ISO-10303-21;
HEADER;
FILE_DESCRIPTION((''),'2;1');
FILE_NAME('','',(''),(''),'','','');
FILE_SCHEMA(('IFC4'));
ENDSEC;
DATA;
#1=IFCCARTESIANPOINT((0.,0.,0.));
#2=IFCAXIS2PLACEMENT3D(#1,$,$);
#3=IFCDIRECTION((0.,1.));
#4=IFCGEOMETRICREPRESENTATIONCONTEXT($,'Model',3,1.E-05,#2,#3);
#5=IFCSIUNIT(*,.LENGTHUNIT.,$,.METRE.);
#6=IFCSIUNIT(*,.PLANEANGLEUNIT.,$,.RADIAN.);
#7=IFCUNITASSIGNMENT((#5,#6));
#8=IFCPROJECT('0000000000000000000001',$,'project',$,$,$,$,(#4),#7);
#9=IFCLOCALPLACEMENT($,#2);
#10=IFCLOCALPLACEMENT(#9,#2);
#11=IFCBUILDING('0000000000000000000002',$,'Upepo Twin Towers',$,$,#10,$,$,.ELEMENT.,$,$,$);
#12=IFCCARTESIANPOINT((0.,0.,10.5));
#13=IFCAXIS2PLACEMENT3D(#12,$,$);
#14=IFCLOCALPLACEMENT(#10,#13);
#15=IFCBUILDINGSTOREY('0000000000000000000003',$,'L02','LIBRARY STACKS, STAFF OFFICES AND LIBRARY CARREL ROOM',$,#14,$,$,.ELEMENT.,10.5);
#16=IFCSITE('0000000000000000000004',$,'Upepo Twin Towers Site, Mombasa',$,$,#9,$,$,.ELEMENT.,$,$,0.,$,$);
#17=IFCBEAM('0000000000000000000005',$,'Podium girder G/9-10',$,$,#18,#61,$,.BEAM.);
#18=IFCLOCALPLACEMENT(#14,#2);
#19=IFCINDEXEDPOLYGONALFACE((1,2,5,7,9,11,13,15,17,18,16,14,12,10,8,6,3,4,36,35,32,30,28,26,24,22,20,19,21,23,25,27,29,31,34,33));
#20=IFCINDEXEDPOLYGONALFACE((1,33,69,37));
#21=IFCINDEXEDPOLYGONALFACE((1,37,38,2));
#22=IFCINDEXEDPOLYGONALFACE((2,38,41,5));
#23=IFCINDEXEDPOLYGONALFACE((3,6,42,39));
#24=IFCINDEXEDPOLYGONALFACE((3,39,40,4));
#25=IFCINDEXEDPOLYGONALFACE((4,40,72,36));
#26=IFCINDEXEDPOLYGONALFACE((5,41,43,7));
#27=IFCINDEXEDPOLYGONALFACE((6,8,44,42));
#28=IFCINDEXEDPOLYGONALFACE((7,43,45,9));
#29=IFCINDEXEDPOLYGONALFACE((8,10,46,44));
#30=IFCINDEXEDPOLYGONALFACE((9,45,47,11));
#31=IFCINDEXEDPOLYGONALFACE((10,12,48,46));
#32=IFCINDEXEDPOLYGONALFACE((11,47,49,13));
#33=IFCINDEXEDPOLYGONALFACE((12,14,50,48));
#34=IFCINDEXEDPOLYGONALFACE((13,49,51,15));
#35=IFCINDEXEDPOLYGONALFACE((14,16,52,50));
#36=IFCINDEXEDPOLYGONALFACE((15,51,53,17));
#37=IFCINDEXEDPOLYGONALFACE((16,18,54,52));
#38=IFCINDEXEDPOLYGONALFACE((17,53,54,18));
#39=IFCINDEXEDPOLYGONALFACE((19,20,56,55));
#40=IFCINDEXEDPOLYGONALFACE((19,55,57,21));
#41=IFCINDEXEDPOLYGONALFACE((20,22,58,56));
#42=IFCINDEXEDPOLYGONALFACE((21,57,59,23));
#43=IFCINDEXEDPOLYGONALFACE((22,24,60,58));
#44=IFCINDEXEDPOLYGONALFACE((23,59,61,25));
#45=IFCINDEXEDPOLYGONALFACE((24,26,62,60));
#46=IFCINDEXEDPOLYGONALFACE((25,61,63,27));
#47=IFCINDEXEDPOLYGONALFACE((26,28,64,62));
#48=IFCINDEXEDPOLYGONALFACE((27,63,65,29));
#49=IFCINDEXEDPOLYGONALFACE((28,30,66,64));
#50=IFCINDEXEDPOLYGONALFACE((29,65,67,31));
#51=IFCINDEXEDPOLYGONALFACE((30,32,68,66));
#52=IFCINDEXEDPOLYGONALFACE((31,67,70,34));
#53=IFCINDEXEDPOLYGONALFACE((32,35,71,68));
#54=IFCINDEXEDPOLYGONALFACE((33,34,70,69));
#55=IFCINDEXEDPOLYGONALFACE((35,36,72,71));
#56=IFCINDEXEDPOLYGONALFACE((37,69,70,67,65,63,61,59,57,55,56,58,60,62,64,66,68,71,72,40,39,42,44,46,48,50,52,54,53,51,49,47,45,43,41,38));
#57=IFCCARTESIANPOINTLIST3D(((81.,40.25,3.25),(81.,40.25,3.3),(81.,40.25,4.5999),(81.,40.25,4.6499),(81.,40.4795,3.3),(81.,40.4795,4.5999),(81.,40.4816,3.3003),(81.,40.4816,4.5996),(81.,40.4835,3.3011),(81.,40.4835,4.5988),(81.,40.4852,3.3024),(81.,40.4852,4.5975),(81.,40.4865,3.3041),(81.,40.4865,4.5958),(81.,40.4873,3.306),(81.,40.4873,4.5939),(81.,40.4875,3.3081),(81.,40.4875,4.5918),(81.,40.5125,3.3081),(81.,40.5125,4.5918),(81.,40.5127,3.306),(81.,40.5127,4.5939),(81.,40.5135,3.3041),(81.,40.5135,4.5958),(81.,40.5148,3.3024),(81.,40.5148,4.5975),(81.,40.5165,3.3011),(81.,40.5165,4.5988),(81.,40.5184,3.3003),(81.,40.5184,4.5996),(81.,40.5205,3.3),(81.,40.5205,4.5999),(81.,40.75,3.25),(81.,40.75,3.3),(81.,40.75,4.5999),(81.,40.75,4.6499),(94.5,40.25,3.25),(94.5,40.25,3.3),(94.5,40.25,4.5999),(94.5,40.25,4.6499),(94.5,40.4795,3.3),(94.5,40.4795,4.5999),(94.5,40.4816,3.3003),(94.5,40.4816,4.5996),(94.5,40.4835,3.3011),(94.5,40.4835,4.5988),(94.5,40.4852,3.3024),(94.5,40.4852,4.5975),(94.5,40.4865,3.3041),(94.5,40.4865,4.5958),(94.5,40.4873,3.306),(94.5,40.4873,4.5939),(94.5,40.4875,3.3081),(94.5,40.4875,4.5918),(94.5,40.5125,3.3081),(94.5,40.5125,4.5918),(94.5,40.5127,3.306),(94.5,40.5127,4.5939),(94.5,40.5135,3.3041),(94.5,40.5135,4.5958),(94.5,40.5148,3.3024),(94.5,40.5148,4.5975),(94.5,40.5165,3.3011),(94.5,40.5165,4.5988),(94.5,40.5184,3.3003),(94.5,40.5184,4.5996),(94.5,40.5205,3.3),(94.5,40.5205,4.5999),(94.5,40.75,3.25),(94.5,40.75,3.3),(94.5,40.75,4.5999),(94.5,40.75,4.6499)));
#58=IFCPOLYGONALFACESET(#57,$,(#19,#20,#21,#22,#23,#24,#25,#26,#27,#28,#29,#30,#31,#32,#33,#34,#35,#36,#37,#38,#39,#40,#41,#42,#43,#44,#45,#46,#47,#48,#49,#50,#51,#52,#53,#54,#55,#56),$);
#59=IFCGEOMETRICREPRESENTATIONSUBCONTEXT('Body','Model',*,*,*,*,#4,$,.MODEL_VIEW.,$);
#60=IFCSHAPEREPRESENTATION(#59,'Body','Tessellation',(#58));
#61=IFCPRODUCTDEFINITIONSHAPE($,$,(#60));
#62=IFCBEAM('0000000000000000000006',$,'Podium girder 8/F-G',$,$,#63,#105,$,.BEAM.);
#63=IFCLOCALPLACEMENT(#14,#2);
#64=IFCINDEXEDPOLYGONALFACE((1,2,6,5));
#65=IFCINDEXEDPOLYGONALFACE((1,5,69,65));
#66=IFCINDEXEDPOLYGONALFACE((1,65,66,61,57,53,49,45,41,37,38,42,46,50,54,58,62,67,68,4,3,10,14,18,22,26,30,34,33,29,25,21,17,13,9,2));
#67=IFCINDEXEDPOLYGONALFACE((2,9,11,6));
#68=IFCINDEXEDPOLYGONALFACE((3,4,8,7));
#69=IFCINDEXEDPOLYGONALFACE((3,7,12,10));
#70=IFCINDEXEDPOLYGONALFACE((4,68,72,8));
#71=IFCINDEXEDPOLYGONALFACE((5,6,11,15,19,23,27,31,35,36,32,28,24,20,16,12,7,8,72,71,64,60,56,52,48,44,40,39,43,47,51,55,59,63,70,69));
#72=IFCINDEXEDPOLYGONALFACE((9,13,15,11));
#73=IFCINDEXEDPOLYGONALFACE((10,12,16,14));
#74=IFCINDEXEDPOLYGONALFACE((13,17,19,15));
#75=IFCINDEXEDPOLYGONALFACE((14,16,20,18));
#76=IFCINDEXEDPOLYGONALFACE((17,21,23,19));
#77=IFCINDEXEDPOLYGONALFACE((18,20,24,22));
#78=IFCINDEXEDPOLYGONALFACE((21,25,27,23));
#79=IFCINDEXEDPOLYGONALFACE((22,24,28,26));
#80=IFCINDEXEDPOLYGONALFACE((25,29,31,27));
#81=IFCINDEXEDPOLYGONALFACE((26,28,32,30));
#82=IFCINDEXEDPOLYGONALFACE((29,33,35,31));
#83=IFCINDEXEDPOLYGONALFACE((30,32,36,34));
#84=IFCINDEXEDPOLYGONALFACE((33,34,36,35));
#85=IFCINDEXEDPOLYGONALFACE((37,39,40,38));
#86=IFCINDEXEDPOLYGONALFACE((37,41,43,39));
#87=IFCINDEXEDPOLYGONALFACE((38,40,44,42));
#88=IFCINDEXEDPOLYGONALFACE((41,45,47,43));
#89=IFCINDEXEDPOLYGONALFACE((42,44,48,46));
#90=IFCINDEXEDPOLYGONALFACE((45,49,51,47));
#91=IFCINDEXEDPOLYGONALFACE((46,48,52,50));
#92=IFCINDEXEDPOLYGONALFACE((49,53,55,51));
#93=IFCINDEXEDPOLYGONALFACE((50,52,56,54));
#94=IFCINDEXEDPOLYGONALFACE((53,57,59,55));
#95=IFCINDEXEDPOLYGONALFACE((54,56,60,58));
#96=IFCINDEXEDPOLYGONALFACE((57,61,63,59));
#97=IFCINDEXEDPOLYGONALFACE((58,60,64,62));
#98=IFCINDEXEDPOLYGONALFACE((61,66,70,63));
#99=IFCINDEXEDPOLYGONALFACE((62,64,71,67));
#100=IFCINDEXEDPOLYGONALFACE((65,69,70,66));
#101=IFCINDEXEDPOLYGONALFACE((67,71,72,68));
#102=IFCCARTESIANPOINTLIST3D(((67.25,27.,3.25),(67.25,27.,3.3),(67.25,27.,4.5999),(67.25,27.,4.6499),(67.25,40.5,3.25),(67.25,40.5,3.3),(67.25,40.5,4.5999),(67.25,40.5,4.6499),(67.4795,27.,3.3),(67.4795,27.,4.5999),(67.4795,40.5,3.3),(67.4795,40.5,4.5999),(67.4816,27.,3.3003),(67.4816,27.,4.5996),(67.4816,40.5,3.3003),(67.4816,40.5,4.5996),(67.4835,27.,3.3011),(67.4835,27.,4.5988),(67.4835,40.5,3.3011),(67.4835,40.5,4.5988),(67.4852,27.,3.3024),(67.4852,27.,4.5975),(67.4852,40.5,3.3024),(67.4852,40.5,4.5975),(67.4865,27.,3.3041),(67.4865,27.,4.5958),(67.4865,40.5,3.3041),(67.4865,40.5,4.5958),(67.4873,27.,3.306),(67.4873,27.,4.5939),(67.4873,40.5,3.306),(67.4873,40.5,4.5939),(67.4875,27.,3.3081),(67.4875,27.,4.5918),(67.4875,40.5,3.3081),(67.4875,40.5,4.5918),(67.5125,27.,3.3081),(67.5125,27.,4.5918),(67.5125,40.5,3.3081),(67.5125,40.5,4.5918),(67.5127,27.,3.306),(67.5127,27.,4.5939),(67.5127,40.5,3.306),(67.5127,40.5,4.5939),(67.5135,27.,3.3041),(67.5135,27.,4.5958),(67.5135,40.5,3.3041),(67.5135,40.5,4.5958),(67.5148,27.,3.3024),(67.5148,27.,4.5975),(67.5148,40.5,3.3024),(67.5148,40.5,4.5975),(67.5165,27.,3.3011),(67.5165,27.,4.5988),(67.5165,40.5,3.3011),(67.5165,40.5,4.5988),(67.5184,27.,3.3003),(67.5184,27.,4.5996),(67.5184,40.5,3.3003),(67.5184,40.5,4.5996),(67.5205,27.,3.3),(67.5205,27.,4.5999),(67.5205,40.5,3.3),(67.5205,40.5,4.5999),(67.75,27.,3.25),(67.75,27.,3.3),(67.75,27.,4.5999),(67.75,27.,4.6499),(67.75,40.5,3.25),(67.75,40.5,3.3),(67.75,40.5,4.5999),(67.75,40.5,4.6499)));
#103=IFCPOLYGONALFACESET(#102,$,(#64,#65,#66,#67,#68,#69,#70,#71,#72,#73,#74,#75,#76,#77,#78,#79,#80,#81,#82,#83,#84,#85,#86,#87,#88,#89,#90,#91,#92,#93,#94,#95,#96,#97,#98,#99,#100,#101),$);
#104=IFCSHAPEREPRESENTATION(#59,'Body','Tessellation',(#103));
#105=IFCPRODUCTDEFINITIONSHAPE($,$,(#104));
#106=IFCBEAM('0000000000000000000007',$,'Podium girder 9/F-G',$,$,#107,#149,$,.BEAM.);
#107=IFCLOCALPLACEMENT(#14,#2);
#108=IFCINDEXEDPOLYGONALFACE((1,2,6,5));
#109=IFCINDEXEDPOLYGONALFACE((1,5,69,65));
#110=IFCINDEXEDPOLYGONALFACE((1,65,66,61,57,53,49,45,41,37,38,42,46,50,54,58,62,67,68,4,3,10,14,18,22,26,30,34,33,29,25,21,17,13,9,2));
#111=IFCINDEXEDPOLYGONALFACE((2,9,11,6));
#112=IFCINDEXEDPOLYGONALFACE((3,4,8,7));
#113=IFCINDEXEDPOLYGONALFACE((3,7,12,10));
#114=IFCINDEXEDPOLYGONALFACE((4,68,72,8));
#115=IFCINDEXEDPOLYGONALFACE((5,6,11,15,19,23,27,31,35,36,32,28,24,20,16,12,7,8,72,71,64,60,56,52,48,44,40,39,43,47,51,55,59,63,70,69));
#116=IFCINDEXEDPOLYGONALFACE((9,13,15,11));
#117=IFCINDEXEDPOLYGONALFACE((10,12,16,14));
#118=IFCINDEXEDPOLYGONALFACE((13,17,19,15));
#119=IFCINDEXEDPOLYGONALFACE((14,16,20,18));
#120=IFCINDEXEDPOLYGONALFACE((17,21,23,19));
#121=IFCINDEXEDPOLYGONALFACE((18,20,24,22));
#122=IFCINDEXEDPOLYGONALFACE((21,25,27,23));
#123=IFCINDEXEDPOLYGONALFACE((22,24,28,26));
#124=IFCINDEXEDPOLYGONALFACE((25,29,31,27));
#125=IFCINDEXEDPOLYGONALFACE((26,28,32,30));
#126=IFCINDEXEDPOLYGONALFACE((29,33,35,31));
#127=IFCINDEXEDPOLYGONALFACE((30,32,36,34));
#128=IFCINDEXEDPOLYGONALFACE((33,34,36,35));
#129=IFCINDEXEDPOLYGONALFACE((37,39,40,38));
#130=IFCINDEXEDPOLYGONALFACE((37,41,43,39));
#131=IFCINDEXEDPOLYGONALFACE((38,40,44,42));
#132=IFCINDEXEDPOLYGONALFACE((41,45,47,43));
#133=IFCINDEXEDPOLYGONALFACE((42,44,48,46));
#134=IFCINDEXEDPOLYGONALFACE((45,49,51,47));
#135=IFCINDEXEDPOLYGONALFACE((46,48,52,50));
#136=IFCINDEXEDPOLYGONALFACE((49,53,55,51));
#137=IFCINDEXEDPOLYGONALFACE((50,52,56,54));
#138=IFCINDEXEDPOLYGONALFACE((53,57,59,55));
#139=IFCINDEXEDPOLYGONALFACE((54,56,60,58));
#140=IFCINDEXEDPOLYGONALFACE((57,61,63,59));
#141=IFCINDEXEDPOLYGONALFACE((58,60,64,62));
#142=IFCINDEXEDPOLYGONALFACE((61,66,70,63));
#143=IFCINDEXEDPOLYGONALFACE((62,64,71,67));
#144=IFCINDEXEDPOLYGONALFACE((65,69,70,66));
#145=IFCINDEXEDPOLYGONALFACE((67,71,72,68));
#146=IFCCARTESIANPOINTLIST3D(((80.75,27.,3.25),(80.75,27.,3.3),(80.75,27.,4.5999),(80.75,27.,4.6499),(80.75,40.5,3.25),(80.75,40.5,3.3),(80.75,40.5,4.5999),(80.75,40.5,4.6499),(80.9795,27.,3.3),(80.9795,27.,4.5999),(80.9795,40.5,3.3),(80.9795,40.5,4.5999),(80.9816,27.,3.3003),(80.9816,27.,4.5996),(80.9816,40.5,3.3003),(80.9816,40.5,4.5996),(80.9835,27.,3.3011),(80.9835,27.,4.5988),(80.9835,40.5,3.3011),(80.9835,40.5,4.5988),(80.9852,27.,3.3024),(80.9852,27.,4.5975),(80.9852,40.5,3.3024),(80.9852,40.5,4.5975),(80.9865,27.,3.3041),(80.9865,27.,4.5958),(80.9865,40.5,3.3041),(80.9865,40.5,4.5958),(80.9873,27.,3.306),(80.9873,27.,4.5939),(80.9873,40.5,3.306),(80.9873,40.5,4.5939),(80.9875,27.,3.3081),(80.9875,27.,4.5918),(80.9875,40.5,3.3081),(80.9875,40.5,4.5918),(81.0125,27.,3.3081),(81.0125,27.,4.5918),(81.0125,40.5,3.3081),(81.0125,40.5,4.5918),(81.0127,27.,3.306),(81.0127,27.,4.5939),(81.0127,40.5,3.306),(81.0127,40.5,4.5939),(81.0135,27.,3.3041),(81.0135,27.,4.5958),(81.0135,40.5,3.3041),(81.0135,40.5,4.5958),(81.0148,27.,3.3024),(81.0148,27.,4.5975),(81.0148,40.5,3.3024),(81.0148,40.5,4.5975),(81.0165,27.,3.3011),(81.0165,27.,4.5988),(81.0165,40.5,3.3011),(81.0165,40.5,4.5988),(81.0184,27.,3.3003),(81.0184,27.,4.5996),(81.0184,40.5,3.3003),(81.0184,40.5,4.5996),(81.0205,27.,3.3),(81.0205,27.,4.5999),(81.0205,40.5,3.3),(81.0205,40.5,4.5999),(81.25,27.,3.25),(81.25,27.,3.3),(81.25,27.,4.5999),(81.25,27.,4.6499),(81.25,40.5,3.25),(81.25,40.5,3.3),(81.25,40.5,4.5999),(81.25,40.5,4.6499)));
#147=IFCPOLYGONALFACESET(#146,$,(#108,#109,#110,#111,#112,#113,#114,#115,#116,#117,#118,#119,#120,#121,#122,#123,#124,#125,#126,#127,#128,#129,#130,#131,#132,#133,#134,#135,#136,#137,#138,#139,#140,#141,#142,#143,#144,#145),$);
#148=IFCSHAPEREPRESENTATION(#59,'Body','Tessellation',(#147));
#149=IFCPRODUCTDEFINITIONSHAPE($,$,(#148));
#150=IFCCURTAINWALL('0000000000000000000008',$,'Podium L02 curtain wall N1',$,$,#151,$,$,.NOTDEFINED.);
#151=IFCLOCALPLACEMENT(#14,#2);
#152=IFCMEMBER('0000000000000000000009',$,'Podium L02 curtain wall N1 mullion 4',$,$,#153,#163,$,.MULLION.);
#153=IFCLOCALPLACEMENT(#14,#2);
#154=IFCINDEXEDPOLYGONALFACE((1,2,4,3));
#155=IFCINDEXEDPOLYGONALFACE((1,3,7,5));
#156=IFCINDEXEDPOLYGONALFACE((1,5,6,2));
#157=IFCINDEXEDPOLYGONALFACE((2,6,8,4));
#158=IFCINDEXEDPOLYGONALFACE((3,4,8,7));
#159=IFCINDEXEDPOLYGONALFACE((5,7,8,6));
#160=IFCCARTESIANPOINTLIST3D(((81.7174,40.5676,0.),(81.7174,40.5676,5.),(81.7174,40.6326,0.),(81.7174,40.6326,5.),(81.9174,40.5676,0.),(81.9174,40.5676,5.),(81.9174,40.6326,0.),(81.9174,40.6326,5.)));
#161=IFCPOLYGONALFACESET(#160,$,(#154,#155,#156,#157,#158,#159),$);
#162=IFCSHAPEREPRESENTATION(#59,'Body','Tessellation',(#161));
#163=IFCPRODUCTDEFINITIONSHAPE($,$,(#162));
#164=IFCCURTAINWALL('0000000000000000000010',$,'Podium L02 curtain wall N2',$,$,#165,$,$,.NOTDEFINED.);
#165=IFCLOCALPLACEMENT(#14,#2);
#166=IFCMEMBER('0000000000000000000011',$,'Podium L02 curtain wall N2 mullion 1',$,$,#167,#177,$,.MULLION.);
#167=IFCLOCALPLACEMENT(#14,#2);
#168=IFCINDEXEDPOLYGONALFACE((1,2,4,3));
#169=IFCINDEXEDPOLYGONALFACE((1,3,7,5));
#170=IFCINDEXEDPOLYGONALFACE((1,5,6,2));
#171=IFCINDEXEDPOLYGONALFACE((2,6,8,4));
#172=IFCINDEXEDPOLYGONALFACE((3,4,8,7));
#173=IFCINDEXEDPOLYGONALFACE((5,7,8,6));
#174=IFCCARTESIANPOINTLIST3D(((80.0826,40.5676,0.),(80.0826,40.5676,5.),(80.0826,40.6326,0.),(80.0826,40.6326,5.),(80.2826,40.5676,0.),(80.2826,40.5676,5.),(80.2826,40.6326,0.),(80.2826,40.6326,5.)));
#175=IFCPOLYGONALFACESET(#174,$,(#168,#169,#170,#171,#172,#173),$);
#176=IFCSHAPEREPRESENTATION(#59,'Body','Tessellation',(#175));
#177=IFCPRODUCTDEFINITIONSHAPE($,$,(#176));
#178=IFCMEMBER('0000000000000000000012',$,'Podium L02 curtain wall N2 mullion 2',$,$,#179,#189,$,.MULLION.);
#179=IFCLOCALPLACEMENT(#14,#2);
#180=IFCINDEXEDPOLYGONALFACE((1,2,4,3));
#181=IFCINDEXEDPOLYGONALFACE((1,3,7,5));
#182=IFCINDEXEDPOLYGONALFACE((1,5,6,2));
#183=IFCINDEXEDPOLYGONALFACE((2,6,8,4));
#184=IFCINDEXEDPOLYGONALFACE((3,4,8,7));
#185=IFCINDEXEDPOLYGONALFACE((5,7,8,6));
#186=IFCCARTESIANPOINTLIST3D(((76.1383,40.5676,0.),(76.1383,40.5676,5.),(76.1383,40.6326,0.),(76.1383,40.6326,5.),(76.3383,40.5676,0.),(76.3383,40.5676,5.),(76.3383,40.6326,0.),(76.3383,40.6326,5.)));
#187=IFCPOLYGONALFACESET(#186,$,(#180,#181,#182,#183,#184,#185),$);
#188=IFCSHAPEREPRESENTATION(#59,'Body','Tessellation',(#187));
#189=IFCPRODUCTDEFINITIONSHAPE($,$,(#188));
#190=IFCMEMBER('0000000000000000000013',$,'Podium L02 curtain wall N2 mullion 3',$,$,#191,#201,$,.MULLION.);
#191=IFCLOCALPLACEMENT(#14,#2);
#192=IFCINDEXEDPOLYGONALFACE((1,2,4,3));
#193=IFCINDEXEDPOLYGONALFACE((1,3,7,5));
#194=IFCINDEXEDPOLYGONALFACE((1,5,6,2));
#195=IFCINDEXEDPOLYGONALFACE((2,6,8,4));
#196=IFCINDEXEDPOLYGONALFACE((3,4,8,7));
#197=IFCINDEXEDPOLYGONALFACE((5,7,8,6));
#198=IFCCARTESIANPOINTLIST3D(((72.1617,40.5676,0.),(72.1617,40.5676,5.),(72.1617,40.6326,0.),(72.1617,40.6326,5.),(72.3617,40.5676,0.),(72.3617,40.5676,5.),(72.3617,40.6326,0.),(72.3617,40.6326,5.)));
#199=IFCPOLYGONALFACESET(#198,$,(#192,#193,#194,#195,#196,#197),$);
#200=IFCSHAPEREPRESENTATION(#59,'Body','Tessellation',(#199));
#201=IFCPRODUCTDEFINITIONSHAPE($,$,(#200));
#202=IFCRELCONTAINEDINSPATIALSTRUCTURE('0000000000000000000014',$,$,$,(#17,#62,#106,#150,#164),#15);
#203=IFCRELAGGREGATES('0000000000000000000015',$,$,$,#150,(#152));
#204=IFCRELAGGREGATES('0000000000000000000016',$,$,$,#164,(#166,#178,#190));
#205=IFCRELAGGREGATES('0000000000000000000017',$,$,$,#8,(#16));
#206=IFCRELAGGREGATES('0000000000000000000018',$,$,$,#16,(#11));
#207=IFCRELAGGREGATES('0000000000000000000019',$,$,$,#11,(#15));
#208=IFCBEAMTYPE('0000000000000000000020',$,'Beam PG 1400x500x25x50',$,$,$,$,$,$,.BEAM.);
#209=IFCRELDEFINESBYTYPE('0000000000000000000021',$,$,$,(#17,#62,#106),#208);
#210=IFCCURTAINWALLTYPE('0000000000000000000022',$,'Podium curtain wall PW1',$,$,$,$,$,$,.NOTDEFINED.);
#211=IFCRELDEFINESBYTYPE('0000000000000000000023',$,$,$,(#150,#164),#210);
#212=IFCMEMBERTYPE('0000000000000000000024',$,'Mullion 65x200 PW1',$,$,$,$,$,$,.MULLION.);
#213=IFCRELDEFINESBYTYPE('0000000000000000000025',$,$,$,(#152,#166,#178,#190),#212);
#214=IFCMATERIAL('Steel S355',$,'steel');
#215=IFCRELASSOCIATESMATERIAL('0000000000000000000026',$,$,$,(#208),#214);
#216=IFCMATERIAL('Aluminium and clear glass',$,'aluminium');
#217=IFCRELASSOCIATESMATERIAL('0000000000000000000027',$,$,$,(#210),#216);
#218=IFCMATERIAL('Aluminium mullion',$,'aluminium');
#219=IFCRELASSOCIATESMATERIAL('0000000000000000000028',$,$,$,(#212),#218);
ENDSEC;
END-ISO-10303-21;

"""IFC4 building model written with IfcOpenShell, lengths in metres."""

from ifc_helpers import new_model, si_unit, direction, frame, origin, origin_2d, place, context, subcontext, project, spatial, rectangle, i_section, extrude, material, material_profile, profile_set, type_object, element, aggregate, save


model = new_model("IFC4")

# Units and contexts
model_context = context("Model", 3, precision=1e-05, world=origin(), true_north=direction((0.0, 1.0)))
body_context = subcontext(model_context, "Body", "Model", "MODEL_VIEW")
ifc_project = project(units=[si_unit("LENGTHUNIT", "METRE"), si_unit("PLANEANGLEUNIT", "RADIAN")], contexts=[model_context])

# Site, building, storey
site_placement = place(None, origin())
site = spatial("IfcSite", under=ifc_project, at=site_placement, Name="Upepo Twin Towers Site, Mombasa", CompositionType="ELEMENT", RefElevation=0.0)
building_placement = place(site_placement, origin())
building = spatial("IfcBuilding", under=site, at=building_placement, Name="Upepo Twin Towers", CompositionType="ELEMENT")
storey_placement = place(building_placement, frame((0.0, 0.0, 10.5)))
storey = spatial("IfcBuildingStorey", under=building, at=storey_placement, Name="L02", Description="LIBRARY STACKS, STAFF OFFICES AND LIBRARY CARREL ROOM", CompositionType="ELEMENT", Elevation=10.5)

# Beams
ifc_material_1 = material(Name="Steel S355", Category="steel")
ifc_material_profile_1 = material_profile(ifc_material_1, i_section(OverallWidth=0.5, OverallDepth=1.3999, WebThickness=0.0249, FlangeThickness=0.05, FilletRadius=0.0081, at=origin_2d()), Name="PG 1400x500x25x50")
ifc_profile_set_1 = profile_set([ifc_material_profile_1], Name="Steel S355")
beam_type_1 = type_object("IfcBeamType", Name="Beam PG 1400x500x25x50", PredefinedType="BEAM", material=ifc_profile_set_1)
for number, where, z_axis, x_axis, name in (
    (1, (81.0, 40.5, 3.95), (1.0, 0.0, 0.0), (0.0, 1.0, 0.0), "Podium girder G/9-10"),
    (2, (67.5, 27.0, 3.95), (0.0, 1.0, 0.0), (-1.0, 0.0, 0.0), "Podium girder 8/F-G"),
    (3, (81.0, 27.0, 3.95), (0.0, 1.0, 0.0), (-1.0, 0.0, 0.0), "Podium girder 9/F-G"),
):
    element("IfcBeam", number, at=place(storey_placement, frame(where, z_axis=z_axis, x_axis=x_axis)), inside=storey, type_object=beam_type_1, Name=name, PredefinedType="BEAM", context=body_context, shape_type="SweptSolid", body=[
        extrude(i_section(OverallWidth=0.5, OverallDepth=1.3999, WebThickness=0.0249, FlangeThickness=0.05, FilletRadius=0.0081, at=origin_2d()), origin(), (0.0, 0.0, 1.0), 13.5),
    ])

# Curtain wall, member
ifc_material_2 = material(Name="Aluminium and clear glass", Category="aluminium")
curtain_wall_type = type_object("IfcCurtainWallType", Name="Podium curtain wall PW1", PredefinedType="NOTDEFINED", material=ifc_material_2)
curtain_wall_1_placement = place(storey_placement, origin())
curtain_wall_1 = element("IfcCurtainWall", 4, at=curtain_wall_1_placement, inside=storey, type_object=curtain_wall_type, Name="Podium L02 curtain wall N1", PredefinedType="NOTDEFINED")
ifc_material_3 = material(Name="Aluminium mullion", Category="aluminium")
ifc_material_profile_2 = material_profile(ifc_material_3, rectangle(XDim=0.0649, YDim=0.2, at=origin_2d()), Name="MULLION 65x200 PODIUM")
ifc_profile_set_2 = profile_set([ifc_material_profile_2], Name="Aluminium mullion")
member_type_1 = type_object("IfcMemberType", Name="Mullion 65x200 PW1", PredefinedType="MULLION", material=ifc_profile_set_2)
member_1_placement = place(storey_placement, frame((81.8174, 40.6001, 0.0), z_axis=(0.0, 0.0, 1.0), x_axis=(0.0, -1.0, 0.0)))
member_1 = element("IfcMember", 5, at=member_1_placement, type_object=member_type_1, Name="Podium L02 curtain wall N1 mullion 4", PredefinedType="MULLION", context=body_context, shape_type="SweptSolid", body=[
    extrude(rectangle(XDim=0.0649, YDim=0.2, at=origin_2d()), origin(), (0.0, 0.0, 1.0), 5.0),
])

# Curtain wall, members
curtain_wall_2_placement = place(storey_placement, origin())
curtain_wall_2 = element("IfcCurtainWall", 6, at=curtain_wall_2_placement, inside=storey, type_object=curtain_wall_type, Name="Podium L02 curtain wall N2", PredefinedType="NOTDEFINED")
member_2_placement = place(storey_placement, frame((80.1826, 40.6001, 0.0), z_axis=(0.0, 0.0, 1.0), x_axis=(0.0, -1.0, 0.0)))
member_2 = element("IfcMember", 7, at=member_2_placement, type_object=member_type_1, Name="Podium L02 curtain wall N2 mullion 1", PredefinedType="MULLION", context=body_context, shape_type="SweptSolid", body=[
    extrude(rectangle(XDim=0.0649, YDim=0.2, at=origin_2d()), origin(), (0.0, 0.0, 1.0), 5.0),
])
member_3_placement = place(storey_placement, frame((76.2383, 40.6001, 0.0), z_axis=(0.0, 0.0, 1.0), x_axis=(0.0, -1.0, 0.0)))
member_3 = element("IfcMember", 8, at=member_3_placement, type_object=member_type_1, Name="Podium L02 curtain wall N2 mullion 2", PredefinedType="MULLION", context=body_context, shape_type="SweptSolid", body=[
    extrude(rectangle(XDim=0.0649, YDim=0.2, at=origin_2d()), origin(), (0.0, 0.0, 1.0), 5.0),
])
member_4_placement = place(storey_placement, frame((72.2617, 40.6001, 0.0), z_axis=(0.0, 0.0, 1.0), x_axis=(0.0, -1.0, 0.0)))
member_4 = element("IfcMember", 9, at=member_4_placement, type_object=member_type_1, Name="Podium L02 curtain wall N2 mullion 3", PredefinedType="MULLION", context=body_context, shape_type="SweptSolid", body=[
    extrude(rectangle(XDim=0.0649, YDim=0.2, at=origin_2d()), origin(), (0.0, 0.0, 1.0), 5.0),
])

aggregate(curtain_wall_1, [member_1])
aggregate(curtain_wall_2, [member_2, member_3, member_4])

save(model, "model.ifc")
